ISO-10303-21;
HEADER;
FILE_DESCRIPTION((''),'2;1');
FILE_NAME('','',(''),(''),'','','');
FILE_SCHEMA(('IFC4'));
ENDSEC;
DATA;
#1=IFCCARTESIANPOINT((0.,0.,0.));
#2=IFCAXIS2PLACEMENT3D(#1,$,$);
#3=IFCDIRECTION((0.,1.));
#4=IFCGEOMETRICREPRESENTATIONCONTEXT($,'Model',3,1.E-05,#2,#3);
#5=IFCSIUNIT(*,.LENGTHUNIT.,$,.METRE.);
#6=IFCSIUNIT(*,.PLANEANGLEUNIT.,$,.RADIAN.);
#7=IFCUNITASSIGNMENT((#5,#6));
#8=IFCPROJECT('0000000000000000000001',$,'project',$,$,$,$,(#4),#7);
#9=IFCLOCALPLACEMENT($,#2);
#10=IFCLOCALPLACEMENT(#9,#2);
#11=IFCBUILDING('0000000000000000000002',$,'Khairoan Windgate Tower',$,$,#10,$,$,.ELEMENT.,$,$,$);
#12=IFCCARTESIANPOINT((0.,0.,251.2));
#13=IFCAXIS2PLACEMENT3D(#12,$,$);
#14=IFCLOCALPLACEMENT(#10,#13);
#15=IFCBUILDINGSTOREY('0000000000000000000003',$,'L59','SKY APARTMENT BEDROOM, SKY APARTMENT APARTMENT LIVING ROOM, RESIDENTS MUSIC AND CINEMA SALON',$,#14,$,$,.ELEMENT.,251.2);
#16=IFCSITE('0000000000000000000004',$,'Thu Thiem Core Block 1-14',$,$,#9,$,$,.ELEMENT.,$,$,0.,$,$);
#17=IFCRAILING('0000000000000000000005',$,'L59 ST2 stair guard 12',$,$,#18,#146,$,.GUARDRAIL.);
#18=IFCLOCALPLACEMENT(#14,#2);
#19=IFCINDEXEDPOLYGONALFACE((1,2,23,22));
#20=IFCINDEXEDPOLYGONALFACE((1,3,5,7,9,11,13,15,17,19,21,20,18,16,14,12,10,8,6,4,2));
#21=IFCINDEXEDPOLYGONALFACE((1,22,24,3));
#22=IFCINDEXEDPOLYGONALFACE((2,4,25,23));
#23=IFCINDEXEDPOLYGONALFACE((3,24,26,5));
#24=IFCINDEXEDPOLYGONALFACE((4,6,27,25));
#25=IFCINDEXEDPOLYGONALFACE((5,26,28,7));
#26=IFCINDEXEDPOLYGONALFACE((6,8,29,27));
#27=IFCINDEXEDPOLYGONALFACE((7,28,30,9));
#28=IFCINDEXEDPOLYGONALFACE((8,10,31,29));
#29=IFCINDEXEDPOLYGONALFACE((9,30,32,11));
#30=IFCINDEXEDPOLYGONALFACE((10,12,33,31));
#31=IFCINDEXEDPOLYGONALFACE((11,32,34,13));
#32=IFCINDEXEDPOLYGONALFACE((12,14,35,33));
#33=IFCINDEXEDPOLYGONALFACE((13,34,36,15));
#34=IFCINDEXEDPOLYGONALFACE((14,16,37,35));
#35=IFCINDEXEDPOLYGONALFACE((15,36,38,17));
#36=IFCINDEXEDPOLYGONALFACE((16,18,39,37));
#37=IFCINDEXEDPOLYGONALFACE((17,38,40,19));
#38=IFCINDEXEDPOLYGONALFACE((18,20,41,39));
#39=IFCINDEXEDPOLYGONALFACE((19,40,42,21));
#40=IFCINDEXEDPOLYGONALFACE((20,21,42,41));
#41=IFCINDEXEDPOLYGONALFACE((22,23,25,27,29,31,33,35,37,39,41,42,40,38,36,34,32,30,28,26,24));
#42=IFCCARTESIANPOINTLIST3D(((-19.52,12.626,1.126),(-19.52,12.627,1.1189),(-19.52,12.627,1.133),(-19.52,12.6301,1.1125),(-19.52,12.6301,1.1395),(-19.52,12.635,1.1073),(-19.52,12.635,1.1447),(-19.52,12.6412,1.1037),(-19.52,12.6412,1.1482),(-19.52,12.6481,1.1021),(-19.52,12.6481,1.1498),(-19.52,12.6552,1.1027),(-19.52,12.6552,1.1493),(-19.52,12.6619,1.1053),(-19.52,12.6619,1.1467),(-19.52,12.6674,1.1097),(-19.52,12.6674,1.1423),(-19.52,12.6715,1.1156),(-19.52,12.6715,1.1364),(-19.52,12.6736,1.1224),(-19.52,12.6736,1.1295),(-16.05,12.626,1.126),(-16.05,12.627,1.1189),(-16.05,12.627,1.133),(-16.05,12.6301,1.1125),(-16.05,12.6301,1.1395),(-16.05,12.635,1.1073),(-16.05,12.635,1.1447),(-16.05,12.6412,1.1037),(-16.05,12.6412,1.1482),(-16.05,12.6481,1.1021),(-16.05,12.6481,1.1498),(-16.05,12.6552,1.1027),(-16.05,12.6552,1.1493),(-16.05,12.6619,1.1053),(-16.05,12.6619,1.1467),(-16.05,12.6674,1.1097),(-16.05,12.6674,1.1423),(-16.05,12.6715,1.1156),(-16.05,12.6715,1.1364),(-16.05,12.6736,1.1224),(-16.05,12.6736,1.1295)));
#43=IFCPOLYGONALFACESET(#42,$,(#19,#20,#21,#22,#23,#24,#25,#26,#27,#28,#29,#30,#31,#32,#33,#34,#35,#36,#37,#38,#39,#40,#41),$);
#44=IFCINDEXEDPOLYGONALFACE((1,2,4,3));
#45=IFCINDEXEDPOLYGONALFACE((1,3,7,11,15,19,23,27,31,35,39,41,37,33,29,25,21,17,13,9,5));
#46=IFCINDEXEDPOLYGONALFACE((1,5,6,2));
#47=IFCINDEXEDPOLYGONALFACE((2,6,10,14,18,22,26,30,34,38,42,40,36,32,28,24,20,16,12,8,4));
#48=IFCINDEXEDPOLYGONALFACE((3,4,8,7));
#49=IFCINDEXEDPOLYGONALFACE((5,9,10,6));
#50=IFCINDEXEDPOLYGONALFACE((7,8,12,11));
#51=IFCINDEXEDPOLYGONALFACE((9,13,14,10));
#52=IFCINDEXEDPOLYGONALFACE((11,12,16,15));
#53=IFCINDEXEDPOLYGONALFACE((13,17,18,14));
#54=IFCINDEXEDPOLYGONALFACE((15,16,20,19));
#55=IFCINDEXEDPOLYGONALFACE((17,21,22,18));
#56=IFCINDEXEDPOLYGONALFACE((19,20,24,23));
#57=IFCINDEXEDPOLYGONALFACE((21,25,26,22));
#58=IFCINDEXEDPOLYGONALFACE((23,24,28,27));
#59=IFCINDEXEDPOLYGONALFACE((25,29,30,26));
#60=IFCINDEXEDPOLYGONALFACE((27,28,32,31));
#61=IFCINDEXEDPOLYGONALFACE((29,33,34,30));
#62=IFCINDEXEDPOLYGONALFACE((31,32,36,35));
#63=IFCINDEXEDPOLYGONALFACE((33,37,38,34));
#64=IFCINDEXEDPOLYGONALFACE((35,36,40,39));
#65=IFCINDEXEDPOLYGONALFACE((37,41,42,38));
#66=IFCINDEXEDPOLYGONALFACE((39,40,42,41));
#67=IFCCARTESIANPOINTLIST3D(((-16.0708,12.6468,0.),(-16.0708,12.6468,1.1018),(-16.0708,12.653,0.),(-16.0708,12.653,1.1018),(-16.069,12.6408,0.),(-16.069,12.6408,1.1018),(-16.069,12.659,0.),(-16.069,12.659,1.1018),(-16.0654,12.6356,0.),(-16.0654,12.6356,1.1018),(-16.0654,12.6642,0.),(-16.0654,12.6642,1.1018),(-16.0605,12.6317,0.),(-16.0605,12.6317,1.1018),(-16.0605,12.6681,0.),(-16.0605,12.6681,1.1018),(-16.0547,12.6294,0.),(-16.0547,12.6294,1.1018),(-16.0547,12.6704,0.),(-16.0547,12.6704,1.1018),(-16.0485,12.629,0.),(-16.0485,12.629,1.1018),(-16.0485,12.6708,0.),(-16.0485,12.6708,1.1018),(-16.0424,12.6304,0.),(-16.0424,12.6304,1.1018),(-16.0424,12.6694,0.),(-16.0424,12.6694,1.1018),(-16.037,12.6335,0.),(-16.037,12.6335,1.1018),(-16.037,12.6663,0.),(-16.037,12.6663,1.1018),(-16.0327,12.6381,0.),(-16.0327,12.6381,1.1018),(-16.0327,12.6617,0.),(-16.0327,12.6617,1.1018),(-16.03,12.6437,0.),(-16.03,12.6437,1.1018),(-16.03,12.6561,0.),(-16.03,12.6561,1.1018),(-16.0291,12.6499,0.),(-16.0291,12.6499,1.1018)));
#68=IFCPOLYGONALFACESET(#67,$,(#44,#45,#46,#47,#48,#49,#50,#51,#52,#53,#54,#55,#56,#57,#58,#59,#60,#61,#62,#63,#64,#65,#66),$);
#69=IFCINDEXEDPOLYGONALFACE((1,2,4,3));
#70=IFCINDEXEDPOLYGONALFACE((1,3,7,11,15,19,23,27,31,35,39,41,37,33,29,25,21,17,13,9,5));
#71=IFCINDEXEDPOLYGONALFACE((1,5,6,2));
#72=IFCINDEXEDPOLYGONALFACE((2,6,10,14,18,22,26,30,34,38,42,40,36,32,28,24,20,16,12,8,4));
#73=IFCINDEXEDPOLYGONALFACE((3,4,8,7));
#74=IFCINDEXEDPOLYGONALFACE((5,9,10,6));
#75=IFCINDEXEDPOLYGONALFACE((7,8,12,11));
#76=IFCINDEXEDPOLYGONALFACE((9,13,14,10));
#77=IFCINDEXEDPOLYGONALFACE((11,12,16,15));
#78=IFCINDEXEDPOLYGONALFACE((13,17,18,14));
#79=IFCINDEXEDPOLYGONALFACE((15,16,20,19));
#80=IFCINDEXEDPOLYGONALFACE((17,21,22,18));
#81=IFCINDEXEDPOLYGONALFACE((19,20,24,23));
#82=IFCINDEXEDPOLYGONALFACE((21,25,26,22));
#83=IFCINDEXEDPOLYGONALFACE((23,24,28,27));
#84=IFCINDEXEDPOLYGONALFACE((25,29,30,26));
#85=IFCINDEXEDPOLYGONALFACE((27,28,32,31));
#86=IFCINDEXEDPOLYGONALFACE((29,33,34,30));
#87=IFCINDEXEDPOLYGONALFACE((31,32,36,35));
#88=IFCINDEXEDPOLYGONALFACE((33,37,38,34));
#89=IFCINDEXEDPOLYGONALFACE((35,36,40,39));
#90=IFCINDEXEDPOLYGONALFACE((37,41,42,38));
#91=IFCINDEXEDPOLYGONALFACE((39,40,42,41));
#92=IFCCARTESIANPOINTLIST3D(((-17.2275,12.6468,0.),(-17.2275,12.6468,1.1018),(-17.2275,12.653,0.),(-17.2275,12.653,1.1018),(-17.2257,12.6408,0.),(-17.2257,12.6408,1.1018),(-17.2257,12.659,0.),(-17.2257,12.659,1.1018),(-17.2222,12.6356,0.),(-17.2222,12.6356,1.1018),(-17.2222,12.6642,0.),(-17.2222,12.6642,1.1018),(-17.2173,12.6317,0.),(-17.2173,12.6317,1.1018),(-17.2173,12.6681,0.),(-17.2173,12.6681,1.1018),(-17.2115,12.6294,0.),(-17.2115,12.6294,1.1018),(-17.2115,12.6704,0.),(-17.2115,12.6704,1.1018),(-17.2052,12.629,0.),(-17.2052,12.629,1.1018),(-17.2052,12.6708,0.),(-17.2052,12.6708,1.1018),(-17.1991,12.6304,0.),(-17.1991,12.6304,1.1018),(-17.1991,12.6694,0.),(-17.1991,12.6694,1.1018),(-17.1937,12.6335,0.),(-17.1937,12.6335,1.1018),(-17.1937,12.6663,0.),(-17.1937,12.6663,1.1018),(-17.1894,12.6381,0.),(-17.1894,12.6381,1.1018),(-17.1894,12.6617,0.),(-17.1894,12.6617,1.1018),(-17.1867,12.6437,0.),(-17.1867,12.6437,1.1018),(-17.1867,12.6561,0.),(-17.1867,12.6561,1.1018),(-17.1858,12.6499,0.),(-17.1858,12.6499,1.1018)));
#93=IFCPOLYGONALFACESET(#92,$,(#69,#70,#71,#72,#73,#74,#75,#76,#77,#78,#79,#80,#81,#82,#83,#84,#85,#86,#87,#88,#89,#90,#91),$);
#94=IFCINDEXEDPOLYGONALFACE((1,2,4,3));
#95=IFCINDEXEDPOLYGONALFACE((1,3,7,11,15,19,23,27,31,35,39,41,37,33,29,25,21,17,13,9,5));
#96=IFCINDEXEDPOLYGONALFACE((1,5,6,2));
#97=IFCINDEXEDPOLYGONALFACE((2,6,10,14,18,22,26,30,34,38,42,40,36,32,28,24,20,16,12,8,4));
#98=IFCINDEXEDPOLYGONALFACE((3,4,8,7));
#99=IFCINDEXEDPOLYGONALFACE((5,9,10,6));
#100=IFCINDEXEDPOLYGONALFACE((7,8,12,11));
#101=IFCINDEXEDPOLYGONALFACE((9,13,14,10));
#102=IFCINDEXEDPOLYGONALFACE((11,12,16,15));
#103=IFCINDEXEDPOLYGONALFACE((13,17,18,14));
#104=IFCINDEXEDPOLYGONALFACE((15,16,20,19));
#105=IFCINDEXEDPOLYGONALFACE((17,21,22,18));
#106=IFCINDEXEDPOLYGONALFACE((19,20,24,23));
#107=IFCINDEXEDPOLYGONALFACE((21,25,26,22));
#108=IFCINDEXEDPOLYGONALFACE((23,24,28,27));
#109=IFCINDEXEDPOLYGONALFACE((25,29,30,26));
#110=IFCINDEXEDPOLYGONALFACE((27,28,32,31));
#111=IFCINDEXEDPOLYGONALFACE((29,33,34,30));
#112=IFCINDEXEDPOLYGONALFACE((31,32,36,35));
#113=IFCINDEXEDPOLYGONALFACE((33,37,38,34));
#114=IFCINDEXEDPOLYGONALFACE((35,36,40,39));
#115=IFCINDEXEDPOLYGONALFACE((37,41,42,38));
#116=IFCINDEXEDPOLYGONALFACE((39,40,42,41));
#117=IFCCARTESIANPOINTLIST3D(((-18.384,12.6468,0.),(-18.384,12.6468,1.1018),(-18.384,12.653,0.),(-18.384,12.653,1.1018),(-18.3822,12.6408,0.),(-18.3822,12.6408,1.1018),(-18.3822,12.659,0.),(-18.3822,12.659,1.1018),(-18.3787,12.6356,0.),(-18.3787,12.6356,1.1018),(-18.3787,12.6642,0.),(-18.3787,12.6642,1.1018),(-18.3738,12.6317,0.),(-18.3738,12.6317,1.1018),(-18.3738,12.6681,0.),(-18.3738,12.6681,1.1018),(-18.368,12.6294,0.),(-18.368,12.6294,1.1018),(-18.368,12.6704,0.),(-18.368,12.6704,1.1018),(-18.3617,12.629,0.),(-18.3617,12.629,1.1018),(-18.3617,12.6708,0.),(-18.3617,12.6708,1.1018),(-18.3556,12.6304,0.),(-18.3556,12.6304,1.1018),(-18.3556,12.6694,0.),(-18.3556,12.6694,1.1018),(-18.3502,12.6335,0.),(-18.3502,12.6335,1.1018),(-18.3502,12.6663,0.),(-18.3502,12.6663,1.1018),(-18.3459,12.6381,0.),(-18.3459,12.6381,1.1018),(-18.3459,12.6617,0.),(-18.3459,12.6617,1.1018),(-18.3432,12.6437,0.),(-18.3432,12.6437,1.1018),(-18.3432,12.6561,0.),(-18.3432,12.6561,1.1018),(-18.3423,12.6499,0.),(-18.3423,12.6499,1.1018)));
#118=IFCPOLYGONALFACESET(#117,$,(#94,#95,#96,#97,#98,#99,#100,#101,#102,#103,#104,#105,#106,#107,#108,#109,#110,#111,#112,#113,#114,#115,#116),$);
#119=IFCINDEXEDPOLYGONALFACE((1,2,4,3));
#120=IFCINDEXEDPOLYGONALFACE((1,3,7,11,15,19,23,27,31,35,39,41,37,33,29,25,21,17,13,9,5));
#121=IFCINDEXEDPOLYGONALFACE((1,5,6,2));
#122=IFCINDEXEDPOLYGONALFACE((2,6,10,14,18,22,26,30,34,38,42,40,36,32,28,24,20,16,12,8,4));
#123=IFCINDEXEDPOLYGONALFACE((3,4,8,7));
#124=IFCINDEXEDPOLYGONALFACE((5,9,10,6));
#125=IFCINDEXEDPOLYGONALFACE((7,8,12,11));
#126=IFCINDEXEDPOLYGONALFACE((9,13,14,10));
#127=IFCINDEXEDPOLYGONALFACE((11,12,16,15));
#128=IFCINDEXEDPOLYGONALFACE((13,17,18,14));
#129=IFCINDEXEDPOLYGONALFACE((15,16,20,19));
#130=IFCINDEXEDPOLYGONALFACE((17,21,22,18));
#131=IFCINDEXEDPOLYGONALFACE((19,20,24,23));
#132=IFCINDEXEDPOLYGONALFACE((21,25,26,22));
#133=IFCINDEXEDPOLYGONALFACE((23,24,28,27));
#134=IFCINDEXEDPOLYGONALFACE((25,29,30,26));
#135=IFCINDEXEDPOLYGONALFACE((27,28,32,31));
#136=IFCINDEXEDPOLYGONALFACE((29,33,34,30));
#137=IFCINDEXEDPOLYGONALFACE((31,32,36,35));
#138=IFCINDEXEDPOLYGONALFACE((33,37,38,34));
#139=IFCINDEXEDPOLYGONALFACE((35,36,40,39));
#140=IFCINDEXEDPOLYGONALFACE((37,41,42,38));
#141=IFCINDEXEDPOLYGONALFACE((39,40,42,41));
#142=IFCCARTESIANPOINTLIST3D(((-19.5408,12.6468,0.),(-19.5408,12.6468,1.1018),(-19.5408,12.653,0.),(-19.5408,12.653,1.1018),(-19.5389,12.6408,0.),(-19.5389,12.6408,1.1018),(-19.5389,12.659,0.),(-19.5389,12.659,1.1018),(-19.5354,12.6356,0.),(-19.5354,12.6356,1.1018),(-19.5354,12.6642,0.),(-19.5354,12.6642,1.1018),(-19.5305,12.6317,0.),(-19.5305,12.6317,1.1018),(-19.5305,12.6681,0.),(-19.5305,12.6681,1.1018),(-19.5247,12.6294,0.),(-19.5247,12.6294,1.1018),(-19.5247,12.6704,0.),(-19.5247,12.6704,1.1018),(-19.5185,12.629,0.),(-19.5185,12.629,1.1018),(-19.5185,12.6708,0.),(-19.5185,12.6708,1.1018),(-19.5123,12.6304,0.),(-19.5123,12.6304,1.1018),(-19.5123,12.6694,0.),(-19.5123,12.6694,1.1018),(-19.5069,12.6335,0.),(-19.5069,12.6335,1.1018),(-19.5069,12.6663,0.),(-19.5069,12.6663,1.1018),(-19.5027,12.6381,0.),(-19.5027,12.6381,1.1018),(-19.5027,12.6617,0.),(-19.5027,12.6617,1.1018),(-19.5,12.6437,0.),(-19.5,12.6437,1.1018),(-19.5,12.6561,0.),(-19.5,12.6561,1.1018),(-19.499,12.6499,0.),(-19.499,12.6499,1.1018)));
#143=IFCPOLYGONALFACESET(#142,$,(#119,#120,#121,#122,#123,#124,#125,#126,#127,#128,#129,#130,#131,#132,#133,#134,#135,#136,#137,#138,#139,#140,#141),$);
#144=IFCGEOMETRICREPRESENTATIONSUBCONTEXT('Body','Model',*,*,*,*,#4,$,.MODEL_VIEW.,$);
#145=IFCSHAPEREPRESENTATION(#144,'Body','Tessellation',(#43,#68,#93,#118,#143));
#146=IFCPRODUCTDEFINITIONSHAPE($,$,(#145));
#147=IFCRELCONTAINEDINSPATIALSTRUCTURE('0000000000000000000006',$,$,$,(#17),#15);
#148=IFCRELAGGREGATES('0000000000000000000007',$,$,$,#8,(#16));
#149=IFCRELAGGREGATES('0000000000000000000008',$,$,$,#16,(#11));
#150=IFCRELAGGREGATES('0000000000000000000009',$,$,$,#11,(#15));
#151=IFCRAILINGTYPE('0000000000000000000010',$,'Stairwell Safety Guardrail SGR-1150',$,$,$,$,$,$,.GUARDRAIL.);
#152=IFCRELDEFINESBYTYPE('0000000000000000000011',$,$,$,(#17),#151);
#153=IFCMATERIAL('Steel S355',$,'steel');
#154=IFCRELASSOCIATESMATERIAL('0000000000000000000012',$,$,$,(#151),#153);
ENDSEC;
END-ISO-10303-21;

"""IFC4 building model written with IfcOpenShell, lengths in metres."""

from ifc_helpers import new_model, si_unit, direction, frame, origin, origin_2d, place, context, subcontext, project, spatial, circle, extrude, material, type_object, element, save


model = new_model("IFC4")

# Units and contexts
model_context = context("Model", 3, precision=1e-05, world=origin(), true_north=direction((0.0, 1.0)))
body_context = subcontext(model_context, "Body", "Model", "MODEL_VIEW")
ifc_project = project(units=[si_unit("LENGTHUNIT", "METRE"), si_unit("PLANEANGLEUNIT", "RADIAN")], contexts=[model_context])

# Site, building, storey
site_placement = place(None, origin())
site = spatial("IfcSite", under=ifc_project, at=site_placement, Name="Thu Thiem Core Block 1-14", CompositionType="ELEMENT", RefElevation=0.0)
building_placement = place(site_placement, origin())
building = spatial("IfcBuilding", under=site, at=building_placement, Name="Khairoan Windgate Tower", CompositionType="ELEMENT")
storey_placement = place(building_placement, frame((0.0, 0.0, 251.2)))
storey = spatial("IfcBuildingStorey", under=building, at=storey_placement, Name="L59", Description="SKY APARTMENT BEDROOM, SKY APARTMENT APARTMENT LIVING ROOM, RESIDENTS MUSIC AND CINEMA SALON", CompositionType="ELEMENT", Elevation=251.2)

# Railing
ifc_material_1 = material(Name="Steel S355", Category="steel")
railing_type = type_object("IfcRailingType", Name="Stairwell Safety Guardrail SGR-1150", PredefinedType="GUARDRAIL", material=ifc_material_1)
railing_1_placement = place(storey_placement, frame((-16.05, 12.6499, 0.0)))
element("IfcRailing", 1, at=railing_1_placement, inside=storey, type_object=railing_type, Name="L59 ST2 stair guard 12", PredefinedType="GUARDRAIL", context=body_context, shape_type="SweptSolid", body=[
    extrude(circle(Radius=0.0239, at=origin_2d()), frame((0.0, 0.0, 1.126), z_axis=(-1.0, 0.0, 0.0), x_axis=(0.0, -1.0, 0.0)), (0.0, 0.0, 1.0), 3.47),
    extrude(circle(Radius=0.021, at=origin_2d()), origin(), (0.0, 0.0, 1.0), 1.1018),
    extrude(circle(Radius=0.021, at=origin_2d()), frame((-1.1567, 0.0, 0.0)), (0.0, 0.0, 1.0), 1.1018),
    extrude(circle(Radius=0.021, at=origin_2d()), frame((-2.3132, 0.0, 0.0)), (0.0, 0.0, 1.0), 1.1018),
    extrude(circle(Radius=0.021, at=origin_2d()), frame((-3.47, 0.0, 0.0)), (0.0, 0.0, 1.0), 1.1018),
])

save(model, "model.ifc")
